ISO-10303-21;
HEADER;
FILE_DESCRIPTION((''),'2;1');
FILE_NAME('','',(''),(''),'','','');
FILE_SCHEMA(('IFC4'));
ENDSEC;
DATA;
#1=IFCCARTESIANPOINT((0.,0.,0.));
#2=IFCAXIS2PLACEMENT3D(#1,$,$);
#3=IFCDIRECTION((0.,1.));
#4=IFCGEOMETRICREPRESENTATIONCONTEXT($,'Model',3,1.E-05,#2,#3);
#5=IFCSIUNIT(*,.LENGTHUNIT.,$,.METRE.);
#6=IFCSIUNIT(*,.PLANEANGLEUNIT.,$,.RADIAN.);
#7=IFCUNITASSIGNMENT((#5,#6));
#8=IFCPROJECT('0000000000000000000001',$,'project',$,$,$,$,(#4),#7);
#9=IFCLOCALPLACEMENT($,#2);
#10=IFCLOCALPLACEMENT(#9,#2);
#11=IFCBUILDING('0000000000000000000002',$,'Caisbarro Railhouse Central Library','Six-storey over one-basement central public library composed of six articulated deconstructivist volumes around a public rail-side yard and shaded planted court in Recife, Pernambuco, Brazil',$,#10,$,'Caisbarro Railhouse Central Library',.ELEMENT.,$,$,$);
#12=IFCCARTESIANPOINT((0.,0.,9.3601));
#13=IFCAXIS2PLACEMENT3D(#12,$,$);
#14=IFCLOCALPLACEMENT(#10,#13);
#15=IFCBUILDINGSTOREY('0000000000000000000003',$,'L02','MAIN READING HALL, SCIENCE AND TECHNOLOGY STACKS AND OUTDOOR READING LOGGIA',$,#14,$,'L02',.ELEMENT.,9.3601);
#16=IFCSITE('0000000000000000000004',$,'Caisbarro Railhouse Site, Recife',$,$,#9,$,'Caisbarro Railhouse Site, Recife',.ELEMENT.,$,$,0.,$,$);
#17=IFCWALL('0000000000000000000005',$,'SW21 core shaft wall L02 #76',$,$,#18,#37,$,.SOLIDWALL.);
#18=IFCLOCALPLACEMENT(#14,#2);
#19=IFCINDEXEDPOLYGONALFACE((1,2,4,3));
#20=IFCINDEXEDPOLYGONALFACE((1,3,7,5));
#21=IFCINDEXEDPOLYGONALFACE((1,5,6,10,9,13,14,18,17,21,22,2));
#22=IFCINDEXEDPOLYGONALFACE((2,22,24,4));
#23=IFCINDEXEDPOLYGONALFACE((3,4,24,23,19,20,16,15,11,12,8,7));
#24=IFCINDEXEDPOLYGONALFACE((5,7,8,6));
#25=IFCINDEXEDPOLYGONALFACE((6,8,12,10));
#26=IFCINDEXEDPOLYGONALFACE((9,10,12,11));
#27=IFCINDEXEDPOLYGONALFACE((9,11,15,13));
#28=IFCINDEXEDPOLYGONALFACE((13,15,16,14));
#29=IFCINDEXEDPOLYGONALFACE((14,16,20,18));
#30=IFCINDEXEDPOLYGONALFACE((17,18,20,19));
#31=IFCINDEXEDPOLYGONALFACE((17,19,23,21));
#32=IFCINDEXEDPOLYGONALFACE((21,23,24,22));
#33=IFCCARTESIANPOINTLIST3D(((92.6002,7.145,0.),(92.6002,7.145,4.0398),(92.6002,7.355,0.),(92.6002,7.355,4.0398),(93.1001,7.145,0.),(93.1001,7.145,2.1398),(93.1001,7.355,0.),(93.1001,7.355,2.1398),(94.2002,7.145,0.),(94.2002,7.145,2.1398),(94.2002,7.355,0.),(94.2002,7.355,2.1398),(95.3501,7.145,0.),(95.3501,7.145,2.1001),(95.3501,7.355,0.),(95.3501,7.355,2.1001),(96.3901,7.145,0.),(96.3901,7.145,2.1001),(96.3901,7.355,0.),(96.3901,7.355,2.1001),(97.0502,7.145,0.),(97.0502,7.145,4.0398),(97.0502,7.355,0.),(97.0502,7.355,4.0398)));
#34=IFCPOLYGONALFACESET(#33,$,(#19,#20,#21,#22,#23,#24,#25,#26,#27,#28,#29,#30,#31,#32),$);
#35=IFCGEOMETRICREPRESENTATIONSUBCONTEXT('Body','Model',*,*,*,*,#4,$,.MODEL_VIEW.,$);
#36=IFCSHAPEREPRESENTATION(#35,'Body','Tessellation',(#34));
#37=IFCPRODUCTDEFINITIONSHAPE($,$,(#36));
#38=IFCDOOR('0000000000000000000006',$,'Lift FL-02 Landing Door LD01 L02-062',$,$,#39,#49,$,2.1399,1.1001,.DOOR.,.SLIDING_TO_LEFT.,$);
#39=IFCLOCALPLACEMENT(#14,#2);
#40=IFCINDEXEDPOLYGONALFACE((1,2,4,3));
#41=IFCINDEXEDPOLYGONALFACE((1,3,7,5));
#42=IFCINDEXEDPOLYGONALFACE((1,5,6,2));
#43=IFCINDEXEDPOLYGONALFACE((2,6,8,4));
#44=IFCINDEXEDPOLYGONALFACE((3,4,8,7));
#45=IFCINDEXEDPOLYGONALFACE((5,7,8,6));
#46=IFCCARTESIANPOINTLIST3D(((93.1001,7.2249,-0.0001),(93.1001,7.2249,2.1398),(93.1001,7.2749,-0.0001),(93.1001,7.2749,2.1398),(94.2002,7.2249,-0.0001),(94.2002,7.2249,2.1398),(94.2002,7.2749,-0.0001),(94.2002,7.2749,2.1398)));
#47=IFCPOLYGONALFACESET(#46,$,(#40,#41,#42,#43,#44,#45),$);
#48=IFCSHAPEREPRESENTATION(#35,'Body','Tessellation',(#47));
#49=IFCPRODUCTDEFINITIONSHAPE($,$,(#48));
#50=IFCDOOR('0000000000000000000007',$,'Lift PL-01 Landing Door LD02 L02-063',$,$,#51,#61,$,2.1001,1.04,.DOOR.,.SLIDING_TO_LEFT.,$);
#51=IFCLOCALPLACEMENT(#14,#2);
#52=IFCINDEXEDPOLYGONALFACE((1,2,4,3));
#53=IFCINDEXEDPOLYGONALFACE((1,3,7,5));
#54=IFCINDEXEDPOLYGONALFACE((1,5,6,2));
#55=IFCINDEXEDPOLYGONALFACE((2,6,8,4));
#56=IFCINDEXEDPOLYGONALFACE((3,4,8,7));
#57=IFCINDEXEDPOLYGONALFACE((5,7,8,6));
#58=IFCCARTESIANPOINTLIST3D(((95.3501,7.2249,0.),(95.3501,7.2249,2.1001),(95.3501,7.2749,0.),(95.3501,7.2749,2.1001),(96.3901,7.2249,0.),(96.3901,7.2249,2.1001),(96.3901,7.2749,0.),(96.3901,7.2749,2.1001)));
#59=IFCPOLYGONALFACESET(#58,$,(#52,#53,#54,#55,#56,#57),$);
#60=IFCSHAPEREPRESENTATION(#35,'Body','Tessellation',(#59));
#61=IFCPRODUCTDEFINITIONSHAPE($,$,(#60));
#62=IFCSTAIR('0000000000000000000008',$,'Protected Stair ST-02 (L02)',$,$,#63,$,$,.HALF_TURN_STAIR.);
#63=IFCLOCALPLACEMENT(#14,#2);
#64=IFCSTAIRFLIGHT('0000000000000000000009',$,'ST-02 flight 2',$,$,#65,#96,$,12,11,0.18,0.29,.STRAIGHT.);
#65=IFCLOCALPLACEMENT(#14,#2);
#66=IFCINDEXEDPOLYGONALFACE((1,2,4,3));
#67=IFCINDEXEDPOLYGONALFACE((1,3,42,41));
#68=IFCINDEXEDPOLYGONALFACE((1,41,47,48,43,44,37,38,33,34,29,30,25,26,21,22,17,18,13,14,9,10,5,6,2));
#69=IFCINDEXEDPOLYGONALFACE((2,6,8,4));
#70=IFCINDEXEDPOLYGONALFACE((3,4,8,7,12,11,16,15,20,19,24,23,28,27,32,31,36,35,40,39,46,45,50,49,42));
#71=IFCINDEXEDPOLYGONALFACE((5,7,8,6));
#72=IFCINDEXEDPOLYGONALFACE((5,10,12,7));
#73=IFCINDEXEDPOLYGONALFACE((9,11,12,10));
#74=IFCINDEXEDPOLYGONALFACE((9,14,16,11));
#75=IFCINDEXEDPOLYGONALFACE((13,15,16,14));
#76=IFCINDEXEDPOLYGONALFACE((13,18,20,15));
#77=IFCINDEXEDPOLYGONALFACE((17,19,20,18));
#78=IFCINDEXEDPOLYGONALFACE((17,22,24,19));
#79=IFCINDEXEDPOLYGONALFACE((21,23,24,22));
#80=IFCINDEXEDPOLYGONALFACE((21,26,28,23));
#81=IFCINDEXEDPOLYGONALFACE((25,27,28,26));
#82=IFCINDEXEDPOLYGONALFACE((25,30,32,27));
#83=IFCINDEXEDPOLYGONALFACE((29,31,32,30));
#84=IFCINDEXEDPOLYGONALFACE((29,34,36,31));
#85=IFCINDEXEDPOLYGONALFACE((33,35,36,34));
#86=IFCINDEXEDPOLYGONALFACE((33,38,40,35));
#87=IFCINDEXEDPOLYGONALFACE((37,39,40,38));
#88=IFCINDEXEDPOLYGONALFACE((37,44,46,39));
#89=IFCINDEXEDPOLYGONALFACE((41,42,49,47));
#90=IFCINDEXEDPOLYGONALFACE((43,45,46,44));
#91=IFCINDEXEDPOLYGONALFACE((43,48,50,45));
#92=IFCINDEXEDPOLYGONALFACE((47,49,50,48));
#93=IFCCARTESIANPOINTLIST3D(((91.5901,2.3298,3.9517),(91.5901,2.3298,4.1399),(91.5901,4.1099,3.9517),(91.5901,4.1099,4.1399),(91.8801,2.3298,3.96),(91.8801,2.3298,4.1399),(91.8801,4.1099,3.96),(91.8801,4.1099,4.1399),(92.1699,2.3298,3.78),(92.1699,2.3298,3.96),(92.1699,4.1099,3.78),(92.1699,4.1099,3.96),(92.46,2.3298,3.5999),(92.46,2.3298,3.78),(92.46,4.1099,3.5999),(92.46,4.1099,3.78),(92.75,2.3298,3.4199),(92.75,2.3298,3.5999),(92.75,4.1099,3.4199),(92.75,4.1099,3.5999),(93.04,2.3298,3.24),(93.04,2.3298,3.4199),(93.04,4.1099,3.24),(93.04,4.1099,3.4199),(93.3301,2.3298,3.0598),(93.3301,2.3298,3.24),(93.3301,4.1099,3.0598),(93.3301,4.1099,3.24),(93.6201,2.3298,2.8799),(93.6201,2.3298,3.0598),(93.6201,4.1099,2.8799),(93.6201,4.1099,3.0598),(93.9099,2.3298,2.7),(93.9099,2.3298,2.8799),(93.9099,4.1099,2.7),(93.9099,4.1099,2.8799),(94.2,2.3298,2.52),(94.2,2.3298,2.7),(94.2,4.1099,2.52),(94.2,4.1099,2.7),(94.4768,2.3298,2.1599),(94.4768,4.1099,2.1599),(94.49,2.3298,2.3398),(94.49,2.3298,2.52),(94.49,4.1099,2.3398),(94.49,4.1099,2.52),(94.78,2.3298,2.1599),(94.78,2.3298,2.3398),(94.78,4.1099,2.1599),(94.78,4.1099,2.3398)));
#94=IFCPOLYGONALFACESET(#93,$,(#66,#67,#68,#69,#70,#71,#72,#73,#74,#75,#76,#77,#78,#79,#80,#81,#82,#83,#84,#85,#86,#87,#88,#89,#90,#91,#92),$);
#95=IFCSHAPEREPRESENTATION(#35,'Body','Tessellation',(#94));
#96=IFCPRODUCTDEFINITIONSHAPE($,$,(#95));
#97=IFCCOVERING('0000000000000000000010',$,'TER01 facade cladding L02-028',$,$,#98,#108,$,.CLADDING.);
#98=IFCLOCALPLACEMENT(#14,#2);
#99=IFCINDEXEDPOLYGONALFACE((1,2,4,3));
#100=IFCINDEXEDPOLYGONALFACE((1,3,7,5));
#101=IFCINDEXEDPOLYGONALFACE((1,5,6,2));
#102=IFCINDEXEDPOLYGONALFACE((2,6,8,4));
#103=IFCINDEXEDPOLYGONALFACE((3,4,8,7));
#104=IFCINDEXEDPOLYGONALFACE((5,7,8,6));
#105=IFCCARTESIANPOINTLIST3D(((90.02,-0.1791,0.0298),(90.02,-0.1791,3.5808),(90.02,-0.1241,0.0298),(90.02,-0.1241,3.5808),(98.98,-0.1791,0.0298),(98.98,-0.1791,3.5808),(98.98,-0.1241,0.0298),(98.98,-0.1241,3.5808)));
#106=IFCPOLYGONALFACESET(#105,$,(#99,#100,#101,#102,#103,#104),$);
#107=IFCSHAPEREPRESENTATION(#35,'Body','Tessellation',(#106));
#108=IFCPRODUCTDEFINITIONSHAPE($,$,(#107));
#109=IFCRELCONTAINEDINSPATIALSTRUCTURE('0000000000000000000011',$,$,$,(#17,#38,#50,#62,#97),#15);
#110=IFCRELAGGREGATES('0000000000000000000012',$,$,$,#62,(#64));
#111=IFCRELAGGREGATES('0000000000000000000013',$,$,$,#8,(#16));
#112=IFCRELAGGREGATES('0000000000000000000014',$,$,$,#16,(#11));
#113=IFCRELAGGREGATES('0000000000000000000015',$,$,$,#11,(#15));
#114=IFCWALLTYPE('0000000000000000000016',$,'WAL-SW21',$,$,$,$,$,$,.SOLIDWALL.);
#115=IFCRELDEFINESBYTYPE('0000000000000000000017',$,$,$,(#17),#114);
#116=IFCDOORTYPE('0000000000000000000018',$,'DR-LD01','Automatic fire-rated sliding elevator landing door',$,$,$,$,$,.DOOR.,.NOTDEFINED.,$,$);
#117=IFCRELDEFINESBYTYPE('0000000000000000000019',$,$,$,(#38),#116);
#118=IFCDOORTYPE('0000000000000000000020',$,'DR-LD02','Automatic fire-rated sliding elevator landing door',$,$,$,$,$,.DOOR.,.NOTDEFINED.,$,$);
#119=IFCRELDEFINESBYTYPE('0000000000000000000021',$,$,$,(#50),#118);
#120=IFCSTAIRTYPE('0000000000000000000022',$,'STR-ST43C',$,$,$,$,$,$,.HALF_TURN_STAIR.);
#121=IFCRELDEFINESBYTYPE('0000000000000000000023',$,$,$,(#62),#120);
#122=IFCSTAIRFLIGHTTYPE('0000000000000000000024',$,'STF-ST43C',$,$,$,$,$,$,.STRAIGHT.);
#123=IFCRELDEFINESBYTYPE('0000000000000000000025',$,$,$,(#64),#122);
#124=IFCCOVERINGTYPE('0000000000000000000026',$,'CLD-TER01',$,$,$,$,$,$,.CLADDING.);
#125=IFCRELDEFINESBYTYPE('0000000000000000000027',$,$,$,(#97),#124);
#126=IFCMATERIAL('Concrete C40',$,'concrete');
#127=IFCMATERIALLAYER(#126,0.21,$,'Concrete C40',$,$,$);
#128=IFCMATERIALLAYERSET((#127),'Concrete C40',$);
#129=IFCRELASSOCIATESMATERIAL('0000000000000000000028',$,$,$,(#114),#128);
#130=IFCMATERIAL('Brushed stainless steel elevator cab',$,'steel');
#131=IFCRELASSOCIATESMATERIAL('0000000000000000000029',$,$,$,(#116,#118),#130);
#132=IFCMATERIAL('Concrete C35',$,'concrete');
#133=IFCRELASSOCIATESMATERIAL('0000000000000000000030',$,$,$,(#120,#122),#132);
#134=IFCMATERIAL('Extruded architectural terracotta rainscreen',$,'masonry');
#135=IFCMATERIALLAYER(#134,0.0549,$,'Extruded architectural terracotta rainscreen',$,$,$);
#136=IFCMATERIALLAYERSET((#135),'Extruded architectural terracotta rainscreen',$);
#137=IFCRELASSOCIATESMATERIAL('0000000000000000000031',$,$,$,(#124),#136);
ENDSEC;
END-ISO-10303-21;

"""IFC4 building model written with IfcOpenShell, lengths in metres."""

from ifc_helpers import new_model, si_unit, direction, frame, frame_2d, origin, origin_2d, place, context, subcontext, project, spatial, polyline, rectangle, outline, extrude, material, layer, layer_set, type_object, element, fill, aggregate, save


model = new_model("IFC4")

# Units and contexts
model_context = context("Model", 3, precision=1e-05, world=origin(), true_north=direction((0.0, 1.0)))
body_context = subcontext(model_context, "Body", "Model", "MODEL_VIEW")
ifc_project = project(units=[si_unit("LENGTHUNIT", "METRE"), si_unit("PLANEANGLEUNIT", "RADIAN")], contexts=[model_context])

# Site, building, storey
site_placement = place(None, origin())
site = spatial("IfcSite", under=ifc_project, at=site_placement, Name="Caisbarro Railhouse Site, Recife", LongName="Caisbarro Railhouse Site, Recife", CompositionType="ELEMENT", RefElevation=0.0)
building_placement = place(site_placement, origin())
building = spatial("IfcBuilding", under=site, at=building_placement, Name="Caisbarro Railhouse Central Library", Description="Six-storey over one-basement central public library composed of six articulated deconstructivist volumes around a public rail-side yard and shaded planted court in Recife, Pernambuco, Brazil", LongName="Caisbarro Railhouse Central Library", CompositionType="ELEMENT")
storey_placement = place(building_placement, frame((0.0, 0.0, 9.3601)))
storey = spatial("IfcBuildingStorey", under=building, at=storey_placement, Name="L02", Description="MAIN READING HALL, SCIENCE AND TECHNOLOGY STACKS AND OUTDOOR READING LOGGIA", LongName="L02", CompositionType="ELEMENT", Elevation=9.3601)

# Shared definitions
ifc_material_1 = material(Name="Concrete C40", Category="concrete")

# Shared definitions
ifc_layer_1 = layer(ifc_material_1, 0.21, Name="Concrete C40")
ifc_layer_set_1 = layer_set([ifc_layer_1], Name="Concrete C40")
wall_type_1 = type_object("IfcWallType", Name="WAL-SW21", PredefinedType="SOLIDWALL", material=ifc_layer_set_1)

# Wall, openings, doors
wall_1_placement = place(storey_placement, frame((92.6001, 7.25, 0.0), z_axis=(0.0, 0.0, 1.0), x_axis=(1.0, 0.0, 0.0)))
wall_1 = element("IfcWall", 1, at=wall_1_placement, inside=storey, type_object=wall_type_1, Name="SW21 core shaft wall L02 #76", PredefinedType="SOLIDWALL", context=body_context, shape_type="SweptSolid", body=[
    extrude(rectangle(XDim=4.45, YDim=0.21, at=frame_2d((2.2251, 0.0))), origin(), (0.0, 0.0, 1.0), 4.0398),
])
opening_1_placement = place(wall_1_placement, frame((0.5, 0.0, 0.0)))
opening_1 = element("IfcOpeningElement", 2, at=opening_1_placement, cuts=wall_1, PredefinedType="OPENING", context=body_context, shape_type="SweptSolid", body=[
    extrude(rectangle(XDim=1.1001, YDim=2.1399, at=frame_2d((0.55, 1.0698))), frame((0.0, 0.115, 0.0), z_axis=(0.0, -1.0, 0.0), x_axis=(1.0, 0.0, 0.0)), (0.0, 0.0, 1.0), 0.23),
])
opening_2_placement = place(wall_1_placement, frame((2.75, 0.0, 0.0)))
opening_2 = element("IfcOpeningElement", 3, at=opening_2_placement, cuts=wall_1, PredefinedType="OPENING", context=body_context, shape_type="SweptSolid", body=[
    extrude(rectangle(XDim=1.04, YDim=2.1001, at=frame_2d((0.52, 1.05))), frame((0.0, 0.115, 0.0), z_axis=(0.0, -1.0, 0.0), x_axis=(1.0, 0.0, 0.0)), (0.0, 0.0, 1.0), 0.23),
])
ifc_material_2 = material(Name="Brushed stainless steel elevator cab", Category="steel")
door_type_1 = type_object("IfcDoorType", Name="DR-LD01", Description="Automatic fire-rated sliding elevator landing door", OperationType="NOTDEFINED", PredefinedType="DOOR", material=ifc_material_2)
door_1_placement = place(opening_1_placement, origin())
door_1 = element("IfcDoor", 4, at=door_1_placement, inside=storey, type_object=door_type_1, Name="Lift FL-02 Landing Door LD01 L02-062", OperationType="SLIDING_TO_LEFT", OverallHeight=2.1399, OverallWidth=1.1001, PredefinedType="DOOR", context=body_context, shape_type="SweptSolid", body=[
    extrude(rectangle(XDim=1.1001, YDim=2.1399, at=frame_2d((0.55, 1.0698))), frame((0.0, 0.0249, 0.0), z_axis=(0.0, -1.0, 0.0), x_axis=(1.0, 0.0, 0.0)), (0.0, 0.0, 1.0), 0.05),
])
fill(opening_1, door_1)
door_type_2 = type_object("IfcDoorType", Name="DR-LD02", Description="Automatic fire-rated sliding elevator landing door", OperationType="NOTDEFINED", PredefinedType="DOOR", material=ifc_material_2)
door_2_placement = place(opening_2_placement, origin())
door_2 = element("IfcDoor", 5, at=door_2_placement, inside=storey, type_object=door_type_2, Name="Lift PL-01 Landing Door LD02 L02-063", OperationType="SLIDING_TO_LEFT", OverallHeight=2.1001, OverallWidth=1.04, PredefinedType="DOOR", context=body_context, shape_type="SweptSolid", body=[
    extrude(rectangle(XDim=1.04, YDim=2.1001, at=frame_2d((0.52, 1.05))), frame((0.0, 0.0249, 0.0), z_axis=(0.0, -1.0, 0.0), x_axis=(1.0, 0.0, 0.0)), (0.0, 0.0, 1.0), 0.05),
])
fill(opening_2, door_2)

# Stair, stair flight
ifc_material_3 = material(Name="Concrete C35", Category="concrete")
stair_type = type_object("IfcStairType", Name="STR-ST43C", PredefinedType="HALF_TURN_STAIR", material=ifc_material_3)
stair_placement = place(storey_placement, origin())
stair = element("IfcStair", 6, at=stair_placement, inside=storey, type_object=stair_type, Name="Protected Stair ST-02 (L02)", PredefinedType="HALF_TURN_STAIR")
stair_flight_type = type_object("IfcStairFlightType", Name="STF-ST43C", PredefinedType="STRAIGHT", material=ifc_material_3)
stair_flight_placement = place(storey_placement, frame((94.78, 3.22, 2.1599), z_axis=(0.0, 0.0, 1.0), x_axis=(-1.0, 0.0, 0.0)))
stair_flight = element("IfcStairFlight", 7, at=stair_flight_placement, type_object=stair_flight_type, Name="ST-02 flight 2", NumberOfRisers=12, NumberOfTreads=11, PredefinedType="STRAIGHT", RiserHeight=0.18, TreadLength=0.29, context=body_context, shape_type="SweptSolid", body=[
    extrude(outline(polyline([(0.0, 0.0), (0.0, 0.1799), (0.29, 0.1799), (0.29, 0.3601), (0.5801, 0.3601), (0.5801, 0.54), (0.8701, 0.54), (0.8701, 0.72), (1.1599, 0.72), (1.1599, 0.8999), (1.45, 0.8999), (1.45, 1.0801), (1.74, 1.0801), (1.74, 1.26), (2.03, 1.26), (2.03, 1.4399), (2.3201, 1.4399), (2.3201, 1.6201), (2.6101, 1.6201), (2.6101, 1.8), (2.8999, 1.8), (2.8999, 1.98), (3.1899, 1.98), (3.1899, 2.1599), (3.1899, 1.7917), (0.3032, 0.0), (0.0, 0.0)])), frame((0.0, 0.8901, 0.0), z_axis=(0.0, -1.0, 0.0), x_axis=(1.0, 0.0, 0.0)), (0.0, 0.0, 1.0), 1.78),
])
aggregate(stair, [stair_flight])

# Covering
ifc_material_4 = material(Name="Extruded architectural terracotta rainscreen", Category="masonry")
ifc_layer_2 = layer(ifc_material_4, 0.0549, Name="Extruded architectural terracotta rainscreen")
ifc_layer_set_2 = layer_set([ifc_layer_2], Name="Extruded architectural terracotta rainscreen")
covering_type = type_object("IfcCoveringType", Name="CLD-TER01", PredefinedType="CLADDING", material=ifc_layer_set_2)
covering_placement = place(storey_placement, frame((94.5, -0.1516, 0.0298), z_axis=(0.0, 0.0, 1.0), x_axis=(1.0, 0.0, 0.0)))
element("IfcCovering", 8, at=covering_placement, inside=storey, type_object=covering_type, Name="TER01 facade cladding L02-028", PredefinedType="CLADDING", context=body_context, shape_type="SweptSolid", body=[
    extrude(rectangle(XDim=8.96, YDim=0.0549, at=origin_2d()), origin(), (0.0, 0.0, 1.0), 3.551),
])

save(model, "model.ifc")
